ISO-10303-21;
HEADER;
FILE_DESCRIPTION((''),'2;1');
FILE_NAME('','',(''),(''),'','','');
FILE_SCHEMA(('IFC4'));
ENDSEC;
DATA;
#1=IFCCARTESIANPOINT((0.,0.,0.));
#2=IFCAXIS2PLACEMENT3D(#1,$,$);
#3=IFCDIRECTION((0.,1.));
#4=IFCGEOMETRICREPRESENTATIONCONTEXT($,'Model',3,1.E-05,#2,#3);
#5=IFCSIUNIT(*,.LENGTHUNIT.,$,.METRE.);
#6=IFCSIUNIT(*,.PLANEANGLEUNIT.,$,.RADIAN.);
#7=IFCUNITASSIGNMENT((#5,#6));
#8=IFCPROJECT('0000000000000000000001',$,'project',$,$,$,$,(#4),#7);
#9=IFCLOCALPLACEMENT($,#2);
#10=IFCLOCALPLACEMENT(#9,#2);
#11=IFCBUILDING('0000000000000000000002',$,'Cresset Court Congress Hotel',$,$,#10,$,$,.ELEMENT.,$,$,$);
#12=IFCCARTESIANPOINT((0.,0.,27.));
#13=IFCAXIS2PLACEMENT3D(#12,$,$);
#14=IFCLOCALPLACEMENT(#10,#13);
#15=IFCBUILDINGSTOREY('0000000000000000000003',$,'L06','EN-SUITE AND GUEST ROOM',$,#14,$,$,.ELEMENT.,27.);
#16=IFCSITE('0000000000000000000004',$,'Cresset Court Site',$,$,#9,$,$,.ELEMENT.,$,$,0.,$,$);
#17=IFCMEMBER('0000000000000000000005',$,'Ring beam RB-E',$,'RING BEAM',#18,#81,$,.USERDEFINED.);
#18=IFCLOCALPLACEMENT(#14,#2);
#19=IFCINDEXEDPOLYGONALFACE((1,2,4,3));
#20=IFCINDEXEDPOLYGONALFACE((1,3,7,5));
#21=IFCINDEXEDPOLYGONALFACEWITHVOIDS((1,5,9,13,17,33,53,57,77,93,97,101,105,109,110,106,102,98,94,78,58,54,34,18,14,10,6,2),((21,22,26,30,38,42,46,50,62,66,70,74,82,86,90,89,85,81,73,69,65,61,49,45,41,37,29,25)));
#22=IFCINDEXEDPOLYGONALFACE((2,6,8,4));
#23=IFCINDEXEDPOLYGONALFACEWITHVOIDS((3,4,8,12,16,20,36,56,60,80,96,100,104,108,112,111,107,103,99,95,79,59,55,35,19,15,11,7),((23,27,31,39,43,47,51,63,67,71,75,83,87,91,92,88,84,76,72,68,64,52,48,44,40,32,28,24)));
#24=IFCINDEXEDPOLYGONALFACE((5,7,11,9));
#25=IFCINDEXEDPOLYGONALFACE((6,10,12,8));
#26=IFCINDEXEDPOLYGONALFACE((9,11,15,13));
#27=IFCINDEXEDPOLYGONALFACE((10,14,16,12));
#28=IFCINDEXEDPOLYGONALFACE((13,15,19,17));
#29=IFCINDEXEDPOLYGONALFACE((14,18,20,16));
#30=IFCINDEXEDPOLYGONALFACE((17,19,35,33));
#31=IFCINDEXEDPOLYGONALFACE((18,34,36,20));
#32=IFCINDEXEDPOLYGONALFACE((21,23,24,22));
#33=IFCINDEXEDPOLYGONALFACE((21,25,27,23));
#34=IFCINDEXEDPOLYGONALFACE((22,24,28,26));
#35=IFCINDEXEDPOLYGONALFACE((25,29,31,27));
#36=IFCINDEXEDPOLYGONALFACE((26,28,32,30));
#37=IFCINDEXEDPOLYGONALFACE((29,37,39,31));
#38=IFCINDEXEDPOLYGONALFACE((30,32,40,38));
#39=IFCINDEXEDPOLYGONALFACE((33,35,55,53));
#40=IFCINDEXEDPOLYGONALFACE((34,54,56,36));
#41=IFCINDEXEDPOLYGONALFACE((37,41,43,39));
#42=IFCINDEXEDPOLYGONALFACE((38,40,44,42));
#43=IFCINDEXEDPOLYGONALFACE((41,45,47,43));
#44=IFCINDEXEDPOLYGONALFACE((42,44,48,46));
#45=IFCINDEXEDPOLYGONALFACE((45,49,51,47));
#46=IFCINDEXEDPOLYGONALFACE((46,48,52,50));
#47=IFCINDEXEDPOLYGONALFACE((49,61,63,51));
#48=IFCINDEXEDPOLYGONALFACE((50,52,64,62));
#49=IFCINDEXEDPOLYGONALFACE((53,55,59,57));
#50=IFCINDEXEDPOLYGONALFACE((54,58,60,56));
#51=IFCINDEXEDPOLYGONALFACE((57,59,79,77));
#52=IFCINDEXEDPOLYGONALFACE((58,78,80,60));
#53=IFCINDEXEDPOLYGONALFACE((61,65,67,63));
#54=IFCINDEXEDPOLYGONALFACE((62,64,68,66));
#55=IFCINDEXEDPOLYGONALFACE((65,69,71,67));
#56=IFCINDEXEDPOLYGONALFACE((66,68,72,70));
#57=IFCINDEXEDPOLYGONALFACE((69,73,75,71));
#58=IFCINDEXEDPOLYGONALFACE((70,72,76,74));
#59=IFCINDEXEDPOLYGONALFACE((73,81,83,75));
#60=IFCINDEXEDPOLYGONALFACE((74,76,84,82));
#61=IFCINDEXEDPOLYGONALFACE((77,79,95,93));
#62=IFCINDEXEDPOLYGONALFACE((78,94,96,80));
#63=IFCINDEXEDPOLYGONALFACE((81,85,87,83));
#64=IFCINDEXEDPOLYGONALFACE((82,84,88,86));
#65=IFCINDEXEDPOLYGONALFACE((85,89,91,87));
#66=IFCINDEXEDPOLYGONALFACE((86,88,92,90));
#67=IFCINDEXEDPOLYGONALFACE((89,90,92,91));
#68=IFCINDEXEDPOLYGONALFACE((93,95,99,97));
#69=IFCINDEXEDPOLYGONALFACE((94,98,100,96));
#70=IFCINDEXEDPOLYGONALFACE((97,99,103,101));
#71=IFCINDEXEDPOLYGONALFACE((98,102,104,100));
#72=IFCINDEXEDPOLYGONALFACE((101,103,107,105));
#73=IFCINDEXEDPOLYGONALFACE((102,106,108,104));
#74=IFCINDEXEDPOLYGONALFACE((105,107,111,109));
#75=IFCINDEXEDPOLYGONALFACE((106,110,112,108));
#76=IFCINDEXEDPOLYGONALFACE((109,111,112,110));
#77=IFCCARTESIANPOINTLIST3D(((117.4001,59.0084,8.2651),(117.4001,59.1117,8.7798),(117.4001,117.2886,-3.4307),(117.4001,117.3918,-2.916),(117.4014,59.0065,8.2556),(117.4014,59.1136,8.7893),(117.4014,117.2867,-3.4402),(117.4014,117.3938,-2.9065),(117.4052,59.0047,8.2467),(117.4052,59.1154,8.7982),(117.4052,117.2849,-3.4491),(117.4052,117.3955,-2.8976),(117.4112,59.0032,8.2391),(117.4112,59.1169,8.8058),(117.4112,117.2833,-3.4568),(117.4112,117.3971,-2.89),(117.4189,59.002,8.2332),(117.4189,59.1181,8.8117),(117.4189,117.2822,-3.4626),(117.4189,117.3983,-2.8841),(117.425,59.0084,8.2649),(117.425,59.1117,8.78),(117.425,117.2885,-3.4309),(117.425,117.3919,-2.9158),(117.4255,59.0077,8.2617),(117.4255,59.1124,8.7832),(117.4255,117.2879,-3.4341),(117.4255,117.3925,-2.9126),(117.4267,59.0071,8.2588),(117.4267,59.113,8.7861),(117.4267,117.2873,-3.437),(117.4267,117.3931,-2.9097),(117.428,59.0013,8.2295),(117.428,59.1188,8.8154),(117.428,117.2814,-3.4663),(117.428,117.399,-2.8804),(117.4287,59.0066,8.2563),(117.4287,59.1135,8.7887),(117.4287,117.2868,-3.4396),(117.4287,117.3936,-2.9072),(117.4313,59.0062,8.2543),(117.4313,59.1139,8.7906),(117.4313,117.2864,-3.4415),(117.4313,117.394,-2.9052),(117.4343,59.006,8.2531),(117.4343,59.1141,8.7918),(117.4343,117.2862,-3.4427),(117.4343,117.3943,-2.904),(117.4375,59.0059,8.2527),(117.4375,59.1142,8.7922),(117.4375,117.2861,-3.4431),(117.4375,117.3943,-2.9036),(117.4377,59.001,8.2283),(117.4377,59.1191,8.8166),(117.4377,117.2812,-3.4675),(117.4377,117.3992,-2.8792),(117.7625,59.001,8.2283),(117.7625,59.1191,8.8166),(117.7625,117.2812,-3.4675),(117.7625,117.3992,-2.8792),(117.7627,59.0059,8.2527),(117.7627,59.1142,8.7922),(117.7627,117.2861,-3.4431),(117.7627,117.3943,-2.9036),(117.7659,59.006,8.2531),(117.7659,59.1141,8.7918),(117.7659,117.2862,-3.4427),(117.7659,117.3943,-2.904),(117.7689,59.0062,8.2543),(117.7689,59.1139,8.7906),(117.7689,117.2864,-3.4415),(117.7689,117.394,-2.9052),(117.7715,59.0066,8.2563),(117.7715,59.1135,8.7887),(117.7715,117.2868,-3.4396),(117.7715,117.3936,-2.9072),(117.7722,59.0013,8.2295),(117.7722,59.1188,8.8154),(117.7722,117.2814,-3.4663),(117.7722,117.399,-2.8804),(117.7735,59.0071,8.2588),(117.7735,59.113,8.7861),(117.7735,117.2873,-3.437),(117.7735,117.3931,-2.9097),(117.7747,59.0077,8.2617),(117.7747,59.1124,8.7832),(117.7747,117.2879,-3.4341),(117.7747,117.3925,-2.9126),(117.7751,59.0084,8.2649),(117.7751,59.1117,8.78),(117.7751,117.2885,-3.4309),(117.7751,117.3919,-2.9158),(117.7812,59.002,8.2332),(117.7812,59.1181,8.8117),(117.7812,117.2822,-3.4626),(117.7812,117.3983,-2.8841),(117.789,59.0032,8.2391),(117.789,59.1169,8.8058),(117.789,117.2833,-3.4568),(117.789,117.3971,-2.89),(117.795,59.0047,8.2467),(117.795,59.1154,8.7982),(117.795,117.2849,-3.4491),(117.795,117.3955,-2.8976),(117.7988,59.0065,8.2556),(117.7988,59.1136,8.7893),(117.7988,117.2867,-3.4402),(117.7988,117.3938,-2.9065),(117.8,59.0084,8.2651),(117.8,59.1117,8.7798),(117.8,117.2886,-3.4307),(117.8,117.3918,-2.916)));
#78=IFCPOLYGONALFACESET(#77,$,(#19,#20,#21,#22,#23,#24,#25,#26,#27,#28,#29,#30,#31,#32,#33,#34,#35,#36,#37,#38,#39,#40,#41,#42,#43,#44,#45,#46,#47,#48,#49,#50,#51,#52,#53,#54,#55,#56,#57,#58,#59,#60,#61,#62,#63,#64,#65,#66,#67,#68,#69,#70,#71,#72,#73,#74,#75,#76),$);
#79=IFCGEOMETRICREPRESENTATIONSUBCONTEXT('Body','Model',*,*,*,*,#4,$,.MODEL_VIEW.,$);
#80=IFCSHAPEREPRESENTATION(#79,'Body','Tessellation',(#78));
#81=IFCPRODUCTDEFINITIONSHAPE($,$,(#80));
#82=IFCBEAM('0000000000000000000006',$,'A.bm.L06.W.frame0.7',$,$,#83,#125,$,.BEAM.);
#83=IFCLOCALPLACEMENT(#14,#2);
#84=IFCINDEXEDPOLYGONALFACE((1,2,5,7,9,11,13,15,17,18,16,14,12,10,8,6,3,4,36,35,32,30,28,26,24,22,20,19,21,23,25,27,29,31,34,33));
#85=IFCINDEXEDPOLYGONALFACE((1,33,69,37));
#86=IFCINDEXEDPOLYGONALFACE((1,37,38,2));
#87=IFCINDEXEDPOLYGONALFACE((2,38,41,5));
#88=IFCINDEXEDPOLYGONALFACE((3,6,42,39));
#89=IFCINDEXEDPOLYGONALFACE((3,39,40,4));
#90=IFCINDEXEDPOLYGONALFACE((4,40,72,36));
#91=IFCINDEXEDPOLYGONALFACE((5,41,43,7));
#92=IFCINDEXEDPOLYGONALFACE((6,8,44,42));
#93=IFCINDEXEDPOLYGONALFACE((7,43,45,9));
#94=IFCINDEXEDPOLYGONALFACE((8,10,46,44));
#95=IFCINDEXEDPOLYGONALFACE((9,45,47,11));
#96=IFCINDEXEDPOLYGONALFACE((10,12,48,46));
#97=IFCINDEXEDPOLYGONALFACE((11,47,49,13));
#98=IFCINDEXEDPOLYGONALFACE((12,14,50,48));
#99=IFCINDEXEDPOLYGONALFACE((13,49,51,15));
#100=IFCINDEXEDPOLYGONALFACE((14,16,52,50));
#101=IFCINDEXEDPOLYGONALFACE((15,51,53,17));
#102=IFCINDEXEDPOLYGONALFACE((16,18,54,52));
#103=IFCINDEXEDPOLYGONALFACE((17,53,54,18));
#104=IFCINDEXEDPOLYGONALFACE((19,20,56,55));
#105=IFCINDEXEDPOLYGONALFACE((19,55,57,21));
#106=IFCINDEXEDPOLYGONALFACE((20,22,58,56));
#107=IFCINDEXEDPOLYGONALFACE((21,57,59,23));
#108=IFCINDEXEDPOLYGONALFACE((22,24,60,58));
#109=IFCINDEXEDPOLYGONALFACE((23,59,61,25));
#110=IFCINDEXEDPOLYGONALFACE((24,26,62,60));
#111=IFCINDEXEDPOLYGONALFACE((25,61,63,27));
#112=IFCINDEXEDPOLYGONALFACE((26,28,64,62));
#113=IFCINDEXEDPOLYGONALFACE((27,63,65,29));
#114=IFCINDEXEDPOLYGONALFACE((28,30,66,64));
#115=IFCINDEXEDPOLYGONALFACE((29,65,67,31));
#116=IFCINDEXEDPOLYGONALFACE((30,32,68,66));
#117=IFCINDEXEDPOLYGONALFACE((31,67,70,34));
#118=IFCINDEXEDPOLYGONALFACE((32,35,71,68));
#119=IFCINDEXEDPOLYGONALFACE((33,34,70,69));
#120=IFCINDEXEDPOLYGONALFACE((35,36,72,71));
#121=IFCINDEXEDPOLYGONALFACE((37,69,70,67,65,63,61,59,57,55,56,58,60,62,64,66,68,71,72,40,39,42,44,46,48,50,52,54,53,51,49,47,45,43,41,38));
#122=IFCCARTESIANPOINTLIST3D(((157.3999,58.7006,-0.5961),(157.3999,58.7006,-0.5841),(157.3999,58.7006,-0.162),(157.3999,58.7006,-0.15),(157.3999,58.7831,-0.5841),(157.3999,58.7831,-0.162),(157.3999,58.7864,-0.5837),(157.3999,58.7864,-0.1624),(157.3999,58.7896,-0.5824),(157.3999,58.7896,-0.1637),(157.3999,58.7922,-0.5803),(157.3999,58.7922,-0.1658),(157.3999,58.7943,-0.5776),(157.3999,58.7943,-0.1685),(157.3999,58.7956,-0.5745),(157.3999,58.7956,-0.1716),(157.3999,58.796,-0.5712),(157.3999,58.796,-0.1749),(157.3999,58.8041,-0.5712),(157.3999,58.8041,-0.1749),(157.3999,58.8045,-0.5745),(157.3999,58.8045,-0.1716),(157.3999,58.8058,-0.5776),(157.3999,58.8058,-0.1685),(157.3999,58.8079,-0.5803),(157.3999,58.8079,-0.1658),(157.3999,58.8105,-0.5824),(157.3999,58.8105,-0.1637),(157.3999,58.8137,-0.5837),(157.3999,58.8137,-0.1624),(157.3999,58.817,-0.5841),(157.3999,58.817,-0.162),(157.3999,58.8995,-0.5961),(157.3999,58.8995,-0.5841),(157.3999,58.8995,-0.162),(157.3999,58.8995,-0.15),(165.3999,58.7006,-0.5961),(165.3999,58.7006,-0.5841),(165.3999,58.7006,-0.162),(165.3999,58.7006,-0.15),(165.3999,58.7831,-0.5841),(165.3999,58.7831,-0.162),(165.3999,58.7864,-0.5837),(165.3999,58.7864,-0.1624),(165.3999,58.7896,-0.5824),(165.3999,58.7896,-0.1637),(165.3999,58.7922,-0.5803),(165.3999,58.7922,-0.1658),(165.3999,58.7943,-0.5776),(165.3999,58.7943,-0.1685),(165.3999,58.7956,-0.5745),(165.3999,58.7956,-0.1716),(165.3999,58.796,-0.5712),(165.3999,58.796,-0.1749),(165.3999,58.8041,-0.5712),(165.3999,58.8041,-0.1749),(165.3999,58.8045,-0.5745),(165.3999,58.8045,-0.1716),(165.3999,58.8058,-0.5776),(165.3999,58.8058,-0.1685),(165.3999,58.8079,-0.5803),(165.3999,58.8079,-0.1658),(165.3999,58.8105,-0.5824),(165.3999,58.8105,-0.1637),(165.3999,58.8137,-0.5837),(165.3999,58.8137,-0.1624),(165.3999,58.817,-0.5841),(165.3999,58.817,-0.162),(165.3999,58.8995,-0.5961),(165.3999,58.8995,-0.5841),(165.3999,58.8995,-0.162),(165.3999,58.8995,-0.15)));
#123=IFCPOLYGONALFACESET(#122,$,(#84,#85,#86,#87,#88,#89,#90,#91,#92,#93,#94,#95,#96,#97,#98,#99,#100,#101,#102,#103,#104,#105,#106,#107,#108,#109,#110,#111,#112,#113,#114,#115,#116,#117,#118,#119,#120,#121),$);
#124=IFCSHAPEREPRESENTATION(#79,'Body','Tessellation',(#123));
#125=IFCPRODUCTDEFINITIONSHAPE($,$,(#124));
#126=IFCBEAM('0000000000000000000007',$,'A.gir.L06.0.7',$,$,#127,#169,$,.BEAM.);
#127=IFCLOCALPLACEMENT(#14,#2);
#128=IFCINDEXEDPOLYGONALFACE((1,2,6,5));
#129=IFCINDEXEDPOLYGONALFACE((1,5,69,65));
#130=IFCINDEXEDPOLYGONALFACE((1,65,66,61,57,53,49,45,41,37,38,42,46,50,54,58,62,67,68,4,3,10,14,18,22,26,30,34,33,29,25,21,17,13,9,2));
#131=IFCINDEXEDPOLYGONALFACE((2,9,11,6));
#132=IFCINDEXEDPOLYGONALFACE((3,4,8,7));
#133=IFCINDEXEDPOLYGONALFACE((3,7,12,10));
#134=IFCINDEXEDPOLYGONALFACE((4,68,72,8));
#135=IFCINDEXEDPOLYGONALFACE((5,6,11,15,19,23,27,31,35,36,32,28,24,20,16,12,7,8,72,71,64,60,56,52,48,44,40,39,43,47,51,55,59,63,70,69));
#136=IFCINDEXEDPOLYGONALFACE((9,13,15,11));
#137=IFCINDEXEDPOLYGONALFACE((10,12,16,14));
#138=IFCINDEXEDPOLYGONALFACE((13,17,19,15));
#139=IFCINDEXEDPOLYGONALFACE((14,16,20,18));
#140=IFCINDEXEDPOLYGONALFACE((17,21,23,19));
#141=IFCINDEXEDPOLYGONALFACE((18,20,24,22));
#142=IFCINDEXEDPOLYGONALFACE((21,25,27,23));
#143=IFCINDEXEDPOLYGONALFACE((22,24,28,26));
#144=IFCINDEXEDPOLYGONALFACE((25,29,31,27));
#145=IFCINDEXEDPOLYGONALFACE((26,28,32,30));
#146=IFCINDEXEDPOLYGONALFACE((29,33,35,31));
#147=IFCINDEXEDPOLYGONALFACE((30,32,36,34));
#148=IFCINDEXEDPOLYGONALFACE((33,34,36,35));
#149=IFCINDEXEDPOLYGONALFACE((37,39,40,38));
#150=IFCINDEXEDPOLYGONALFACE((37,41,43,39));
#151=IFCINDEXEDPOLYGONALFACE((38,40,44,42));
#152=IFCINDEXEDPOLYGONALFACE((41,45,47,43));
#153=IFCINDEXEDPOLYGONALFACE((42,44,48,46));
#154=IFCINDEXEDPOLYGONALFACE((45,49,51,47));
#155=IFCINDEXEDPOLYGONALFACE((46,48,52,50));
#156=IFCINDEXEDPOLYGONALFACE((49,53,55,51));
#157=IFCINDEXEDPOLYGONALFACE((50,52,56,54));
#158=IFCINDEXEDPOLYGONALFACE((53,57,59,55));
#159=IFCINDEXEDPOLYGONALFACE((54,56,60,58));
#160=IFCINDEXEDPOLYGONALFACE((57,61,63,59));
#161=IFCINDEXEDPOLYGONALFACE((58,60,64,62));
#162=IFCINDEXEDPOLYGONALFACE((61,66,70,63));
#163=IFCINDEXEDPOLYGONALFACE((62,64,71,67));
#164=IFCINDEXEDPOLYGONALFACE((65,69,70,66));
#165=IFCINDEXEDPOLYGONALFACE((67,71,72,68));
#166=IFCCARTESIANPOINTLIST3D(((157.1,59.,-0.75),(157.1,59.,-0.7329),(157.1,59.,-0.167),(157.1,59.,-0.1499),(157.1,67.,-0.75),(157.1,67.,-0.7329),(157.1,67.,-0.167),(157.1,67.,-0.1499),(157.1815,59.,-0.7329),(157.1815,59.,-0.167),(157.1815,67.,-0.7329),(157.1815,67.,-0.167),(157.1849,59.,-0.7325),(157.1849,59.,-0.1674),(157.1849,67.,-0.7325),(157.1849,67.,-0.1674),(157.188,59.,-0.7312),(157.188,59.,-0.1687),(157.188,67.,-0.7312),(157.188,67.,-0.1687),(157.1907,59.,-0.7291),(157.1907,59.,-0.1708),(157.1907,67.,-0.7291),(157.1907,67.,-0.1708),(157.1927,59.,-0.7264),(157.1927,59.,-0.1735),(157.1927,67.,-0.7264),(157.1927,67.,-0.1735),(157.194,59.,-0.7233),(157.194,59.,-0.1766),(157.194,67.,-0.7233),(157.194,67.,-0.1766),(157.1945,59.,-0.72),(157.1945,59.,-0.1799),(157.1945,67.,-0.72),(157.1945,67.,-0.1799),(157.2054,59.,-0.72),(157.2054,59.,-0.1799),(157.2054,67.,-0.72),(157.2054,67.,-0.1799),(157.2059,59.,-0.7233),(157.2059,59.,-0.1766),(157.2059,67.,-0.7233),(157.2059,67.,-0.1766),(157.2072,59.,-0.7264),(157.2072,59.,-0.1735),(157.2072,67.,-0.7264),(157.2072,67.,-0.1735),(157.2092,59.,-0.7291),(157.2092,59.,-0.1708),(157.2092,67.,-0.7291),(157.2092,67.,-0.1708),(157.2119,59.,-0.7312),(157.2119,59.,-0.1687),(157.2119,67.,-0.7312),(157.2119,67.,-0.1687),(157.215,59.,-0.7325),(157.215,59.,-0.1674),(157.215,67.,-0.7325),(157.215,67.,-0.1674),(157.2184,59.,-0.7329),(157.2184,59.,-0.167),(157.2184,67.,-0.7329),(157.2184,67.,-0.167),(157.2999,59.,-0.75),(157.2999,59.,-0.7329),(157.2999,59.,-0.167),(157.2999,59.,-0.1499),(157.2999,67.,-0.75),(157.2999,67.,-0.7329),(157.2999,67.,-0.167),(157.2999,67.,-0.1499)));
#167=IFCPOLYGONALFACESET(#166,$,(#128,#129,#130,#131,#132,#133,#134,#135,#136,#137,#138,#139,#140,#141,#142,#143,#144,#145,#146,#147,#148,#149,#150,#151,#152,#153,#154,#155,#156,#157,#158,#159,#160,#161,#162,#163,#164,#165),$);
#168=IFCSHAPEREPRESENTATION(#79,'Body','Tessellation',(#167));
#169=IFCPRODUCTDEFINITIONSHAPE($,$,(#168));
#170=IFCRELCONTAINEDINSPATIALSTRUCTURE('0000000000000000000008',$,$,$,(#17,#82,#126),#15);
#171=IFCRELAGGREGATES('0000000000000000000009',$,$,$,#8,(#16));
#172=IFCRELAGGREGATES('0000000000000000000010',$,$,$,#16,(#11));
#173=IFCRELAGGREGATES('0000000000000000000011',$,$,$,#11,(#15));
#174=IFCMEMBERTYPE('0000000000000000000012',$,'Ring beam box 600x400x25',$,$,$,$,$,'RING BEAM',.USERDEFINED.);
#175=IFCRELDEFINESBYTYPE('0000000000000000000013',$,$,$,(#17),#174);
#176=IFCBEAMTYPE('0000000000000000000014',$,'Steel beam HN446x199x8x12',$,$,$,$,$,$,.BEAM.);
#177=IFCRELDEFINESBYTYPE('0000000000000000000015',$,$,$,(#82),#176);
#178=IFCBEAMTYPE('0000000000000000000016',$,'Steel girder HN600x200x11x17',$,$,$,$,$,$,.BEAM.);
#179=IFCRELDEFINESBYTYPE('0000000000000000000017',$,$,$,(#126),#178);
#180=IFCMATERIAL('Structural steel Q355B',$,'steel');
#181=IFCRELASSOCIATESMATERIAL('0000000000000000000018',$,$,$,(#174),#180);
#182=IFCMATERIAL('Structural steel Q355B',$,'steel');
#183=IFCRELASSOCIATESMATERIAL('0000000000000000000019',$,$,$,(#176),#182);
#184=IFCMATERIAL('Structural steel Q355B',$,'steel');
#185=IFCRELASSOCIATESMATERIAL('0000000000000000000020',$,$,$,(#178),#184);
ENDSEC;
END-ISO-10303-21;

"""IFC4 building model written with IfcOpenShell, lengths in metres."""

from ifc_helpers import new_model, si_unit, direction, frame, origin, origin_2d, place, context, subcontext, project, spatial, hollow_rectangle, i_section, extrude, material, material_profile, profile_set, type_object, element, save


model = new_model("IFC4")

# Units and contexts
model_context = context("Model", 3, precision=1e-05, world=origin(), true_north=direction((0.0, 1.0)))
body_context = subcontext(model_context, "Body", "Model", "MODEL_VIEW")
ifc_project = project(units=[si_unit("LENGTHUNIT", "METRE"), si_unit("PLANEANGLEUNIT", "RADIAN")], contexts=[model_context])

# Site, building, storey
site_placement = place(None, origin())
site = spatial("IfcSite", under=ifc_project, at=site_placement, Name="Cresset Court Site", CompositionType="ELEMENT", RefElevation=0.0)
building_placement = place(site_placement, origin())
building = spatial("IfcBuilding", under=site, at=building_placement, Name="Cresset Court Congress Hotel", CompositionType="ELEMENT")
storey_placement = place(building_placement, frame((0.0, 0.0, 27.0)))
storey = spatial("IfcBuildingStorey", under=building, at=storey_placement, Name="L06", Description="EN-SUITE AND GUEST ROOM", CompositionType="ELEMENT", Elevation=27.0)

# Member
ifc_material_1 = material(Name="Structural steel Q355B", Category="steel")
ifc_material_profile_1 = material_profile(ifc_material_1, hollow_rectangle(XDim=0.3999, YDim=0.6001, WallThickness=0.0249, InnerFilletRadius=0.0125, OuterFilletRadius=0.0376, at=origin_2d()), Name="RHS600x400x25")
ifc_profile_set_1 = profile_set([ifc_material_profile_1], Name="Structural steel Q355B")
member_type_1 = type_object("IfcMemberType", Name="Ring beam box 600x400x25", ElementType="RING BEAM", PredefinedType="USERDEFINED", material=ifc_profile_set_1)
member_1_placement = place(storey_placement, frame((117.6001, 59.0601, 8.5225), z_axis=(0.0, 0.980452, -0.19676), x_axis=(-1.0, 0.0, 0.0)))
element("IfcMember", 1, at=member_1_placement, inside=storey, type_object=member_type_1, Name="Ring beam RB-E", ObjectType="RING BEAM", PredefinedType="USERDEFINED", context=body_context, shape_type="SweptSolid", body=[
    extrude(hollow_rectangle(XDim=0.3999, YDim=0.6001, WallThickness=0.0249, InnerFilletRadius=0.0125, OuterFilletRadius=0.0376, at=origin_2d()), origin(), (0.0, 0.0, 1.0), 59.4421),
])

# Beams
ifc_material_2 = material(Name="Structural steel Q355B", Category="steel")
ifc_material_profile_2 = material_profile(ifc_material_2, i_section(OverallWidth=0.199, OverallDepth=0.446, WebThickness=0.0081, FlangeThickness=0.012, FilletRadius=0.0129, at=origin_2d()), Name="HN446x199x8x12")
ifc_profile_set_2 = profile_set([ifc_material_profile_2], Name="Structural steel Q355B")
beam_type_1 = type_object("IfcBeamType", Name="Steel beam HN446x199x8x12", PredefinedType="BEAM", material=ifc_profile_set_2)
beam_1_placement = place(storey_placement, frame((157.3999, 58.8, -0.373), z_axis=(1.0, 0.0, 0.0), x_axis=(0.0, 1.0, 0.0)))
element("IfcBeam", 2, at=beam_1_placement, inside=storey, type_object=beam_type_1, Name="A.bm.L06.W.frame0.7", PredefinedType="BEAM", context=body_context, shape_type="SweptSolid", body=[
    extrude(i_section(OverallWidth=0.199, OverallDepth=0.446, WebThickness=0.0081, FlangeThickness=0.012, FilletRadius=0.0129, at=origin_2d()), origin(), (0.0, 0.0, 1.0), 8.0),
])
ifc_material_3 = material(Name="Structural steel Q355B", Category="steel")
ifc_material_profile_3 = material_profile(ifc_material_3, i_section(OverallWidth=0.2, OverallDepth=0.6001, WebThickness=0.011, FlangeThickness=0.0171, FilletRadius=0.0129, at=origin_2d()), Name="HN600x200x11x17")
ifc_profile_set_3 = profile_set([ifc_material_profile_3], Name="Structural steel Q355B")
beam_type_2 = type_object("IfcBeamType", Name="Steel girder HN600x200x11x17", PredefinedType="BEAM", material=ifc_profile_set_3)
beam_2_placement = place(storey_placement, frame((157.2, 59.0, -0.45), z_axis=(0.0, 1.0, 0.0), x_axis=(-1.0, 0.0, 0.0)))
element("IfcBeam", 3, at=beam_2_placement, inside=storey, type_object=beam_type_2, Name="A.gir.L06.0.7", PredefinedType="BEAM", context=body_context, shape_type="SweptSolid", body=[
    extrude(i_section(OverallWidth=0.2, OverallDepth=0.6001, WebThickness=0.011, FlangeThickness=0.0171, FilletRadius=0.0129, at=origin_2d()), origin(), (0.0, 0.0, 1.0), 8.0),
])

save(model, "model.ifc")
